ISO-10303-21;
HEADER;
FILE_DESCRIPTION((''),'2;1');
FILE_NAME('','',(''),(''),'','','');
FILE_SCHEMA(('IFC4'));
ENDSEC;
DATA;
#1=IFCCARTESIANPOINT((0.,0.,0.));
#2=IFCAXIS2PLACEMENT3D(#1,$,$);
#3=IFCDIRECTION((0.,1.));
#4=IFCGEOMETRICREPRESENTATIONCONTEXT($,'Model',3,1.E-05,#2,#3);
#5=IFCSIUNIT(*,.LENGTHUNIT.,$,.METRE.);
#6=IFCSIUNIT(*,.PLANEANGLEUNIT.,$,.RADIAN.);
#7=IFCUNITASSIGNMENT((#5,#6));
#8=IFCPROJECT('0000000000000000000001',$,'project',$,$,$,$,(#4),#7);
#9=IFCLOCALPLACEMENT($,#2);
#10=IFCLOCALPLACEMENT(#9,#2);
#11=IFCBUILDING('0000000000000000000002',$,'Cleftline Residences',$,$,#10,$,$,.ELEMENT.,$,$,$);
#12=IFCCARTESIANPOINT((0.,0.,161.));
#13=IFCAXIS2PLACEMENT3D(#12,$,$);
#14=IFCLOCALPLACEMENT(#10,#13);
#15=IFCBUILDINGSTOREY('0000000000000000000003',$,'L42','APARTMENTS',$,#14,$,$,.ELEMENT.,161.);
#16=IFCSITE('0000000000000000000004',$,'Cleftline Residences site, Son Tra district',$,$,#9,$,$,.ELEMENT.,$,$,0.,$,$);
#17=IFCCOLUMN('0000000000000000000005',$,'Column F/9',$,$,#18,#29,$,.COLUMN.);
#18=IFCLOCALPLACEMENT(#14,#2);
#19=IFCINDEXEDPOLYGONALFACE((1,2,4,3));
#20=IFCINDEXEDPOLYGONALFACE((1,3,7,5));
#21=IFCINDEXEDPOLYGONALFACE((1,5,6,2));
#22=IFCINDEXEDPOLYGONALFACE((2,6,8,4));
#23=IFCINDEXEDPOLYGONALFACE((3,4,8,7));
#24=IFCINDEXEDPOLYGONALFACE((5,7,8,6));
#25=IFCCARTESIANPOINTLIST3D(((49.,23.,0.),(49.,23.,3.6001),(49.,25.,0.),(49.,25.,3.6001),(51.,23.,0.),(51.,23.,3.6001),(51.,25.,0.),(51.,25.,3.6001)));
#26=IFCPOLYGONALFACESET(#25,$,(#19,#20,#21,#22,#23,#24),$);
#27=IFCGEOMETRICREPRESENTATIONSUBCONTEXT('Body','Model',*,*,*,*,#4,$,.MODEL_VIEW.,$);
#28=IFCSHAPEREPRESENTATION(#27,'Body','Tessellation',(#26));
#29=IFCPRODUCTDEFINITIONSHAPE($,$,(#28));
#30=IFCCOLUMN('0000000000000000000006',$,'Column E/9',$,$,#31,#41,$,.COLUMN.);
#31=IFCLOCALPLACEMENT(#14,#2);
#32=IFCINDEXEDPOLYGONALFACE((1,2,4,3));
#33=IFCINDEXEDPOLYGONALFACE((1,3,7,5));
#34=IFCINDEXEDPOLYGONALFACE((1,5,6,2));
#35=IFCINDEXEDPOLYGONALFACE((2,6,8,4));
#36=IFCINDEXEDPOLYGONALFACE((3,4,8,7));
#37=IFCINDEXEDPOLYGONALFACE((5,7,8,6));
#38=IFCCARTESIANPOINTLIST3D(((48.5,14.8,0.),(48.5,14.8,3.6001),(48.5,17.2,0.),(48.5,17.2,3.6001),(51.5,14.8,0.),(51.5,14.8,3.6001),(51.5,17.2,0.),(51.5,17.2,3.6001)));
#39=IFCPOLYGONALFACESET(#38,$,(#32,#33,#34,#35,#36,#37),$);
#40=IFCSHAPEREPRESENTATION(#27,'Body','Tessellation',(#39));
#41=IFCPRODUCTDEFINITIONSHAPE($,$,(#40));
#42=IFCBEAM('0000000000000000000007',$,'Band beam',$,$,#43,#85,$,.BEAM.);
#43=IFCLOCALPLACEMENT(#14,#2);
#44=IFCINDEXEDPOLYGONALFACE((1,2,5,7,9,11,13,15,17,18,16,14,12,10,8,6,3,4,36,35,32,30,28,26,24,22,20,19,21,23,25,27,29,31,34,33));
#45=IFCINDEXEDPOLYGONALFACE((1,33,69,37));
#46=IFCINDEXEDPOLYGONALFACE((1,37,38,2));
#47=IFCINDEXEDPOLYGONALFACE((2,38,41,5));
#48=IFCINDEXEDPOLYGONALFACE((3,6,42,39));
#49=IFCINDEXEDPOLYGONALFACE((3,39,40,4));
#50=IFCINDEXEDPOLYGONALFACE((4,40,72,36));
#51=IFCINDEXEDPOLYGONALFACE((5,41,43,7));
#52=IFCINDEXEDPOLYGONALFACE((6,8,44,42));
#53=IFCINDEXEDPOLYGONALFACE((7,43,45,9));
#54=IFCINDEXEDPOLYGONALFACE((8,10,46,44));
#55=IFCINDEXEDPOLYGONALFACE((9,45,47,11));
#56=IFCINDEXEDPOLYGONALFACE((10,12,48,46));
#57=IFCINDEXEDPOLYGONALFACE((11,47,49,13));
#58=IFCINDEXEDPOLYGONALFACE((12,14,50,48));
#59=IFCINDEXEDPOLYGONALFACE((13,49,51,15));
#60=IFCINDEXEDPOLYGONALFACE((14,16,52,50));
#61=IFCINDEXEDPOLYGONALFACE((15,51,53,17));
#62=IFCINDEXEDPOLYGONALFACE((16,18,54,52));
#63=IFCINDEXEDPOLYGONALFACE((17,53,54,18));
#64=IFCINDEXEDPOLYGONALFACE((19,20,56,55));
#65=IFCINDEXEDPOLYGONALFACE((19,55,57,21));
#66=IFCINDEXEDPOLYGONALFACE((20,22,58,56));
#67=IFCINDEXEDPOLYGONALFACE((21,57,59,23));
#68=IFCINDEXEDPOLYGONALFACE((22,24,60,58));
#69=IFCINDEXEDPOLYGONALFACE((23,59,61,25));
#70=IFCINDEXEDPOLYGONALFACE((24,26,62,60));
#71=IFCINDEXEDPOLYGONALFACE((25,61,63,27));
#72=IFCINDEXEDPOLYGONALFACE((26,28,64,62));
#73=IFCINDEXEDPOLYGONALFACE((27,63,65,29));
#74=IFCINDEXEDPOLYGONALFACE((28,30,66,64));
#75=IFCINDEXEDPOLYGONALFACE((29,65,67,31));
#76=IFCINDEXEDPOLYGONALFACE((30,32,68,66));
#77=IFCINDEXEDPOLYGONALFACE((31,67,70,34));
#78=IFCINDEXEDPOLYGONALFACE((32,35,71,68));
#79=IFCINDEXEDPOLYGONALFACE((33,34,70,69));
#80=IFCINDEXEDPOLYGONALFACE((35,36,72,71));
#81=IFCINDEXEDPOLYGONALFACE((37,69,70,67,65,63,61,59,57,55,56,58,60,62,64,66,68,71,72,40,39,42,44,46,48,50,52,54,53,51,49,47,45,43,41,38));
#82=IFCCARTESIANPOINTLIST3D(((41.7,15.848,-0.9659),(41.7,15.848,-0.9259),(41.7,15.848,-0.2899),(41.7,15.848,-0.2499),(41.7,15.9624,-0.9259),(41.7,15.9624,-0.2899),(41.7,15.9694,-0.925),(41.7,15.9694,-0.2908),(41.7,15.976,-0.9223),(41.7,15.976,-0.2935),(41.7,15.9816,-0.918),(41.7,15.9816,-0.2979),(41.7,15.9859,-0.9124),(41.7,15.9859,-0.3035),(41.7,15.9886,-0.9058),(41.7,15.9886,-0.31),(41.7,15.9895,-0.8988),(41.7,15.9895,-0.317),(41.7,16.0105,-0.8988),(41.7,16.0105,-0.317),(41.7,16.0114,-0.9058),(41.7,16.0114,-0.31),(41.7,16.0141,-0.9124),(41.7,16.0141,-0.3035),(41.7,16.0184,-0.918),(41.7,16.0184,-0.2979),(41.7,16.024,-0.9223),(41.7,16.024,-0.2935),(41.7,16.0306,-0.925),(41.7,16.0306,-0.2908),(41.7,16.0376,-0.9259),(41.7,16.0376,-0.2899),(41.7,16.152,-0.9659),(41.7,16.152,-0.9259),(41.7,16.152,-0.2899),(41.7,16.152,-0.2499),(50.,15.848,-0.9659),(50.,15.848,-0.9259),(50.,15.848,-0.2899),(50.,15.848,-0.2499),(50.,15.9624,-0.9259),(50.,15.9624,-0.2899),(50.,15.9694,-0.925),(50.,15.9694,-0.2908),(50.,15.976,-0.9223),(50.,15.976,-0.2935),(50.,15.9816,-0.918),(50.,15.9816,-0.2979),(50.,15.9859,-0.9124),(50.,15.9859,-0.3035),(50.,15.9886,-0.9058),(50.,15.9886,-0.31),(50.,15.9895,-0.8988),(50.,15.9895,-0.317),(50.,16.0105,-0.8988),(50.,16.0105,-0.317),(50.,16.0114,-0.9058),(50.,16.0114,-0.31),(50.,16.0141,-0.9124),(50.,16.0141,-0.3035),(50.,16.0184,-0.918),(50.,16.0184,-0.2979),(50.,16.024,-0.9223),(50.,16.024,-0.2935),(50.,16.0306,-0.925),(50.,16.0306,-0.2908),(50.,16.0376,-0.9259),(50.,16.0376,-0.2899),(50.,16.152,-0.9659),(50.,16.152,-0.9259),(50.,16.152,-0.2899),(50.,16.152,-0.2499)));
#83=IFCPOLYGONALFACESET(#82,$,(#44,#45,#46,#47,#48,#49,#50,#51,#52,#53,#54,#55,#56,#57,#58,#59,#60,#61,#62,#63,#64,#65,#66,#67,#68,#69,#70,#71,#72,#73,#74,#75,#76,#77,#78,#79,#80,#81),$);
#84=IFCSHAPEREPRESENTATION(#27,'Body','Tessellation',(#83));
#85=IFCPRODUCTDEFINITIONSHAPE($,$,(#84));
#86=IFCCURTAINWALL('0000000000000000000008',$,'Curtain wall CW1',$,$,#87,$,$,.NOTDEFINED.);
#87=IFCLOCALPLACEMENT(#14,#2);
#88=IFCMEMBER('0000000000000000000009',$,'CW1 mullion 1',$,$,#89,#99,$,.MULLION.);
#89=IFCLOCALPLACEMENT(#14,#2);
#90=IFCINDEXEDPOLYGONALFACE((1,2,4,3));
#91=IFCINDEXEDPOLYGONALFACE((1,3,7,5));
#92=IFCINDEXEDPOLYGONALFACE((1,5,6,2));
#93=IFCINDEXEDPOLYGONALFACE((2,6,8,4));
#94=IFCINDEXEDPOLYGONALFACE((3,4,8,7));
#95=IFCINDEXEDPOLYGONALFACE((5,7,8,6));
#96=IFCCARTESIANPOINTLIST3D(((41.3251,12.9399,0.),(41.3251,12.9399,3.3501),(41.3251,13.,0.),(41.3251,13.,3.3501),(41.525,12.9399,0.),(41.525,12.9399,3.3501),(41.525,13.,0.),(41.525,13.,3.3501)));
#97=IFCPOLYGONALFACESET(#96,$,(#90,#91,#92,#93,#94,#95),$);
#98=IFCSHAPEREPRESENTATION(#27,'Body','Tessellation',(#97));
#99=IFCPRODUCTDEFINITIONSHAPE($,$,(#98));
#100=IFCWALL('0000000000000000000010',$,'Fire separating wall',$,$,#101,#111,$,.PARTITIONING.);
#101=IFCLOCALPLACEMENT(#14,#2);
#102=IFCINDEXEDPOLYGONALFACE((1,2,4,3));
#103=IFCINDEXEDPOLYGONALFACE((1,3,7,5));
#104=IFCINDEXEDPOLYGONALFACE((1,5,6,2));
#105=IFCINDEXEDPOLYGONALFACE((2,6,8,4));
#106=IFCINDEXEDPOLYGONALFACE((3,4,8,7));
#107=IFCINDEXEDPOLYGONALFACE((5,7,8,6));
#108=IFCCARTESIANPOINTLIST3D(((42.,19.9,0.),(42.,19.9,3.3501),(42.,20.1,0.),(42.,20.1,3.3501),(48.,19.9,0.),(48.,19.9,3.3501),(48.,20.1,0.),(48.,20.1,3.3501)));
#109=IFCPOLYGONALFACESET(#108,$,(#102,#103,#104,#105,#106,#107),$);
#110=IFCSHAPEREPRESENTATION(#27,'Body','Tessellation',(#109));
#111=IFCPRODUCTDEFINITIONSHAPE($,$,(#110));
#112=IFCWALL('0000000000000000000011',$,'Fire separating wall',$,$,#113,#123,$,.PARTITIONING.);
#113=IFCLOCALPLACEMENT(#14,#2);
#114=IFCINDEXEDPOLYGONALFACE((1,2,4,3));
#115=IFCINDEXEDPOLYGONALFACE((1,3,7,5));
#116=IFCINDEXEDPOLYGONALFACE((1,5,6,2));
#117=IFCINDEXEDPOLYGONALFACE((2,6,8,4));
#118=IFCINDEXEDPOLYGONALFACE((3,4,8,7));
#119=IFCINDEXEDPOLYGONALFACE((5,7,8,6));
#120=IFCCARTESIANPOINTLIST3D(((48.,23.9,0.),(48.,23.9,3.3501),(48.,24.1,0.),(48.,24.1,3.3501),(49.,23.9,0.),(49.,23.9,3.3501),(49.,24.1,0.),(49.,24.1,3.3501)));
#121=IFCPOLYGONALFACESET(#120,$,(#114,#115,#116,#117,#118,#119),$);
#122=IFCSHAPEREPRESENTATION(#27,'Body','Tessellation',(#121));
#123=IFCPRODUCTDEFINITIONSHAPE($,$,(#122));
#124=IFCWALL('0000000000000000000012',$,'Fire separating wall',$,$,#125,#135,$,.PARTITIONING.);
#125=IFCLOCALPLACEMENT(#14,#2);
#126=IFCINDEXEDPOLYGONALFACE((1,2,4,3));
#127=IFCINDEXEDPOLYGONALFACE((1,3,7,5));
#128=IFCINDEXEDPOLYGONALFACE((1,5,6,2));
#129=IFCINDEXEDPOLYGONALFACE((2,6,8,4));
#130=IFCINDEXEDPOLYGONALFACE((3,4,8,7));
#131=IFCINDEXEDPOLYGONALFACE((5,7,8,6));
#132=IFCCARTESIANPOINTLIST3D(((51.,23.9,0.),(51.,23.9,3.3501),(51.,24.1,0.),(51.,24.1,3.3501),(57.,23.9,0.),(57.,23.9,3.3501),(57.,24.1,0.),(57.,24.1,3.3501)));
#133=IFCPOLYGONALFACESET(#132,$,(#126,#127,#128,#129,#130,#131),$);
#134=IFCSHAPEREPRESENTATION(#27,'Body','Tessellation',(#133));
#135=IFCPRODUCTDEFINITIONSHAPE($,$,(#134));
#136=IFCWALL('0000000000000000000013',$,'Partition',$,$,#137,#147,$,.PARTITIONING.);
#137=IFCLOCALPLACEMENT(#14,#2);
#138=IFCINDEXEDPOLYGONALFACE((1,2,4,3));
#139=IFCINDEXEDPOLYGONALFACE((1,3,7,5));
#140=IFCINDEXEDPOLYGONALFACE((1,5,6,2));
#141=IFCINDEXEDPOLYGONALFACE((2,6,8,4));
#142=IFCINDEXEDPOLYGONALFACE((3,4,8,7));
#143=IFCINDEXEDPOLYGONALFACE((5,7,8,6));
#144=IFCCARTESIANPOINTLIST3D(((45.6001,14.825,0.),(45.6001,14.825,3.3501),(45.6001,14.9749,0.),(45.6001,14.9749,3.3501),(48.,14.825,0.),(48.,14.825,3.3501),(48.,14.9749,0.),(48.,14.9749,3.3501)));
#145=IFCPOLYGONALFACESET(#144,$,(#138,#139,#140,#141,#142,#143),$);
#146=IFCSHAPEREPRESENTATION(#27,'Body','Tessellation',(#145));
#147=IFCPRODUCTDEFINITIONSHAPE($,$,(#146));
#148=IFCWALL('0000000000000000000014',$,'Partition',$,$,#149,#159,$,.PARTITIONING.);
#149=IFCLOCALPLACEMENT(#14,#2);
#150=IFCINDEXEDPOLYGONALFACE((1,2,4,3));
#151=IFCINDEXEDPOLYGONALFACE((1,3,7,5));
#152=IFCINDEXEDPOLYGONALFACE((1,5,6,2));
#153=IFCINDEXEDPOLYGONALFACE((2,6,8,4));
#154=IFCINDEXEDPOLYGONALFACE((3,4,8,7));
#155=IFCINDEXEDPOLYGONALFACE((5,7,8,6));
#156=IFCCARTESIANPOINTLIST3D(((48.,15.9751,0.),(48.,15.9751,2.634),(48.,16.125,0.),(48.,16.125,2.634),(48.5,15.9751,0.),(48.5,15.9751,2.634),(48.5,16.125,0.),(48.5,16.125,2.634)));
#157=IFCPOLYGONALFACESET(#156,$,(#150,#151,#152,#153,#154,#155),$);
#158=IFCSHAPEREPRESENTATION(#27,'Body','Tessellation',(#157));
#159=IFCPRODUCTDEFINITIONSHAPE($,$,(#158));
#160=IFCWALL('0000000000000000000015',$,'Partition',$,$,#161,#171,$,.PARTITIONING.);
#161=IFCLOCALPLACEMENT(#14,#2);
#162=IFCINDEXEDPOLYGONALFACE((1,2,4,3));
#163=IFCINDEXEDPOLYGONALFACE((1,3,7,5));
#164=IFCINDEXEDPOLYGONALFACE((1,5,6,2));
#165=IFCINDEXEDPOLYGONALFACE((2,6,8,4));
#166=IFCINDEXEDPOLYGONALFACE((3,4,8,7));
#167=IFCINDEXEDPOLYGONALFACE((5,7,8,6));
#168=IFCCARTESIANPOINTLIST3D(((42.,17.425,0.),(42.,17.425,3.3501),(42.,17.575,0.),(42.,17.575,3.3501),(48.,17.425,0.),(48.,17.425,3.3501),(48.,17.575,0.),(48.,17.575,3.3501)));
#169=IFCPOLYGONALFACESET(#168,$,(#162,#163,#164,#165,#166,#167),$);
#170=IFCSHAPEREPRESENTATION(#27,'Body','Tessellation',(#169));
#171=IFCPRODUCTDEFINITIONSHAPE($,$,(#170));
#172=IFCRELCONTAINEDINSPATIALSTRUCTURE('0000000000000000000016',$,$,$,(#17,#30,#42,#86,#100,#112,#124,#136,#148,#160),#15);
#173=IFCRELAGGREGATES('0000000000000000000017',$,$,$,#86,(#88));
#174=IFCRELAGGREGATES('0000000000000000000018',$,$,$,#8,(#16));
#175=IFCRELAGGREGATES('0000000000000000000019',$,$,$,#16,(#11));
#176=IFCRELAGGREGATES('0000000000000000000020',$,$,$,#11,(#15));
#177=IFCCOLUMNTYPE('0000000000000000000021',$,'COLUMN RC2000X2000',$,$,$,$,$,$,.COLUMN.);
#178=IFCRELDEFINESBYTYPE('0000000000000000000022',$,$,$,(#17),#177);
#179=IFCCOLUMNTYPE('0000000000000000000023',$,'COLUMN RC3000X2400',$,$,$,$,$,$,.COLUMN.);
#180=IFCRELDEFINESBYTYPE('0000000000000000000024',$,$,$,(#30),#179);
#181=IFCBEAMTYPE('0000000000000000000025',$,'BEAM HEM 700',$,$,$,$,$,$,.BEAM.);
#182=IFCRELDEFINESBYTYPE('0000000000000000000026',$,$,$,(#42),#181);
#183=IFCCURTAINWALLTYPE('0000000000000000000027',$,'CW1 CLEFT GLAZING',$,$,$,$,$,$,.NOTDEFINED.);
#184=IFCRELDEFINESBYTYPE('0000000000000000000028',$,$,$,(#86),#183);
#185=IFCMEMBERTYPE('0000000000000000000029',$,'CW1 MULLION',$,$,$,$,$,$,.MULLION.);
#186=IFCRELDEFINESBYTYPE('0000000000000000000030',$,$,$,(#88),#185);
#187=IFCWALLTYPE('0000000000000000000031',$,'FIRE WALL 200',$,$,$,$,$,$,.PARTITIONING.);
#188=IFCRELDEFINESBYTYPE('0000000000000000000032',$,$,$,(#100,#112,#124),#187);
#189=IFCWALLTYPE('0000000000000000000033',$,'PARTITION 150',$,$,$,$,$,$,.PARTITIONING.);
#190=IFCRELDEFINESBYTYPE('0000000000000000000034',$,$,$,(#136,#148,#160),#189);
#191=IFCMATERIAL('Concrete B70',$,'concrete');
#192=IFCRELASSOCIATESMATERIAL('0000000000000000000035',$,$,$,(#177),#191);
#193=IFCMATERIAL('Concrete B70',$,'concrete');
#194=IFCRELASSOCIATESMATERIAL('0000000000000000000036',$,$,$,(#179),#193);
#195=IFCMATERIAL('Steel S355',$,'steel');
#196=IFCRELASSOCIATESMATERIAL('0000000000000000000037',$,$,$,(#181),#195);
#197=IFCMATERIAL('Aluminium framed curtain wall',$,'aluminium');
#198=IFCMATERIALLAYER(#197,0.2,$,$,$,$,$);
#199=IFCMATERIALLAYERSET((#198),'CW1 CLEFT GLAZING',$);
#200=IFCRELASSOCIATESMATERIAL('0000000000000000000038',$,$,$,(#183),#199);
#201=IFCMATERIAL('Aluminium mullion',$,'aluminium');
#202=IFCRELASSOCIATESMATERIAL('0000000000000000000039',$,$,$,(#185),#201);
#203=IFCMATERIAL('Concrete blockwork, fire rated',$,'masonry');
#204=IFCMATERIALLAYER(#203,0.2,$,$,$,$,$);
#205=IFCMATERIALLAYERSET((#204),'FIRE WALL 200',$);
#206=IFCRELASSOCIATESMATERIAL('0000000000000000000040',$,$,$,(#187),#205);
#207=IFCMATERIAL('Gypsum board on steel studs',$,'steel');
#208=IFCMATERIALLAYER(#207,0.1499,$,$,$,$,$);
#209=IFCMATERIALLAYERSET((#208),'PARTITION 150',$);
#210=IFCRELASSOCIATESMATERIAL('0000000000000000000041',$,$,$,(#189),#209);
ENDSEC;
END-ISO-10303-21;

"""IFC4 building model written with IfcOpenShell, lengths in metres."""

from ifc_helpers import new_model, si_unit, direction, frame, frame_2d, origin, origin_2d, place, context, subcontext, project, spatial, rectangle, i_section, extrude, material, layer, layer_set, material_profile, profile_set, type_object, element, aggregate, save


model = new_model("IFC4")

# Units and contexts
model_context = context("Model", 3, precision=1e-05, world=origin(), true_north=direction((0.0, 1.0)))
body_context = subcontext(model_context, "Body", "Model", "MODEL_VIEW")
ifc_project = project(units=[si_unit("LENGTHUNIT", "METRE"), si_unit("PLANEANGLEUNIT", "RADIAN")], contexts=[model_context])

# Site, building, storey
site_placement = place(None, origin())
site = spatial("IfcSite", under=ifc_project, at=site_placement, Name="Cleftline Residences site, Son Tra district", CompositionType="ELEMENT", RefElevation=0.0)
building_placement = place(site_placement, origin())
building = spatial("IfcBuilding", under=site, at=building_placement, Name="Cleftline Residences", CompositionType="ELEMENT")
storey_placement = place(building_placement, frame((0.0, 0.0, 161.0)))
storey = spatial("IfcBuildingStorey", under=building, at=storey_placement, Name="L42", Description="APARTMENTS", CompositionType="ELEMENT", Elevation=161.0)

# Columns
ifc_material_1 = material(Name="Concrete B70", Category="concrete")
ifc_material_profile_1 = material_profile(ifc_material_1, rectangle(XDim=2.0, YDim=2.0, at=origin_2d()))
ifc_profile_set_1 = profile_set([ifc_material_profile_1], Name="Concrete B70")
column_type_1 = type_object("IfcColumnType", Name="COLUMN RC2000X2000", PredefinedType="COLUMN", material=ifc_profile_set_1)
column_1_placement = place(storey_placement, frame((50.0, 24.0, 0.0), z_axis=(0.0, 0.0, 1.0), x_axis=(1.0, 0.0, 0.0)))
element("IfcColumn", 1, at=column_1_placement, inside=storey, type_object=column_type_1, Name="Column F/9", PredefinedType="COLUMN", context=body_context, shape_type="SweptSolid", body=[
    extrude(rectangle(XDim=2.0, YDim=2.0, at=origin_2d()), origin(), (0.0, 0.0, 1.0), 3.6001),
])
ifc_material_2 = material(Name="Concrete B70", Category="concrete")
ifc_material_profile_2 = material_profile(ifc_material_2, rectangle(XDim=3.0, YDim=2.3999, at=origin_2d()))
ifc_profile_set_2 = profile_set([ifc_material_profile_2], Name="Concrete B70")
column_type_2 = type_object("IfcColumnType", Name="COLUMN RC3000X2400", PredefinedType="COLUMN", material=ifc_profile_set_2)
column_2_placement = place(storey_placement, frame((50.0, 16.0, 0.0), z_axis=(0.0, 0.0, 1.0), x_axis=(1.0, 0.0, 0.0)))
element("IfcColumn", 2, at=column_2_placement, inside=storey, type_object=column_type_2, Name="Column E/9", PredefinedType="COLUMN", context=body_context, shape_type="SweptSolid", body=[
    extrude(rectangle(XDim=3.0, YDim=2.3999, at=origin_2d()), origin(), (0.0, 0.0, 1.0), 3.6001),
])

# Beam
ifc_material_3 = material(Name="Steel S355", Category="steel")
ifc_material_profile_3 = material_profile(ifc_material_3, i_section(OverallWidth=0.304, OverallDepth=0.7161, WebThickness=0.021, FlangeThickness=0.04, FilletRadius=0.0271, at=origin_2d()))
ifc_profile_set_3 = profile_set([ifc_material_profile_3], Name="Steel S355")
beam_type = type_object("IfcBeamType", Name="BEAM HEM 700", PredefinedType="BEAM", material=ifc_profile_set_3)
beam_placement = place(storey_placement, frame((50.0, 16.0, -0.6079), z_axis=(-1.0, 0.0, 0.0), x_axis=(0.0, -1.0, 0.0)))
element("IfcBeam", 3, at=beam_placement, inside=storey, type_object=beam_type, Name="Band beam", PredefinedType="BEAM", context=body_context, shape_type="SweptSolid", body=[
    extrude(i_section(OverallWidth=0.304, OverallDepth=0.7161, WebThickness=0.021, FlangeThickness=0.04, FilletRadius=0.0271, at=origin_2d()), origin(), (0.0, 0.0, 1.0), 8.3),
])

# Curtain wall, member
ifc_material_4 = material(Name="Aluminium framed curtain wall", Category="aluminium")
ifc_layer_1 = layer(ifc_material_4, 0.2)
ifc_layer_set_1 = layer_set([ifc_layer_1], Name="CW1 CLEFT GLAZING")
curtain_wall_type = type_object("IfcCurtainWallType", Name="CW1 CLEFT GLAZING", PredefinedType="NOTDEFINED", material=ifc_layer_set_1)
curtain_wall_placement = place(storey_placement, origin())
curtain_wall = element("IfcCurtainWall", 4, at=curtain_wall_placement, inside=storey, type_object=curtain_wall_type, Name="Curtain wall CW1", PredefinedType="NOTDEFINED")
ifc_material_5 = material(Name="Aluminium mullion", Category="aluminium")
ifc_material_profile_4 = material_profile(ifc_material_5, rectangle(XDim=0.2, YDim=0.0601, at=origin_2d()))
ifc_profile_set_4 = profile_set([ifc_material_profile_4], Name="Aluminium mullion")
member_type = type_object("IfcMemberType", Name="CW1 MULLION", PredefinedType="MULLION", material=ifc_profile_set_4)
member_placement = place(storey_placement, frame((41.425, 12.97, 0.0), z_axis=(0.0, 0.0, 1.0), x_axis=(1.0, 0.0, 0.0)))
member = element("IfcMember", 5, at=member_placement, type_object=member_type, Name="CW1 mullion 1", PredefinedType="MULLION", context=body_context, shape_type="SweptSolid", body=[
    extrude(rectangle(XDim=0.2, YDim=0.0601, at=origin_2d()), origin(), (0.0, 0.0, 1.0), 3.3501),
])
aggregate(curtain_wall, [member])

# Walls
ifc_material_6 = material(Name="Concrete blockwork, fire rated", Category="masonry")
ifc_layer_2 = layer(ifc_material_6, 0.2)
ifc_layer_set_2 = layer_set([ifc_layer_2], Name="FIRE WALL 200")
wall_type_1 = type_object("IfcWallType", Name="FIRE WALL 200", PredefinedType="PARTITIONING", material=ifc_layer_set_2)
wall_1_placement = place(storey_placement, frame((42.0, 20.0, 0.0), z_axis=(0.0, 0.0, 1.0), x_axis=(1.0, 0.0, 0.0)))
element("IfcWall", 6, at=wall_1_placement, inside=storey, type_object=wall_type_1, Name="Fire separating wall", PredefinedType="PARTITIONING", context=body_context, shape_type="SweptSolid", body=[
    extrude(rectangle(XDim=6.0, YDim=0.2, at=frame_2d((3.0, 0.0))), origin(), (0.0, 0.0, 1.0), 3.3501),
])
wall_2_placement = place(storey_placement, frame((48.0, 24.0, 0.0), z_axis=(0.0, 0.0, 1.0), x_axis=(1.0, 0.0, 0.0)))
element("IfcWall", 7, at=wall_2_placement, inside=storey, type_object=wall_type_1, Name="Fire separating wall", PredefinedType="PARTITIONING", context=body_context, shape_type="SweptSolid", body=[
    extrude(rectangle(XDim=1.0, YDim=0.2, at=frame_2d((0.5, 0.0))), origin(), (0.0, 0.0, 1.0), 3.3501),
])
wall_3_placement = place(storey_placement, frame((51.0, 24.0, 0.0), z_axis=(0.0, 0.0, 1.0), x_axis=(1.0, 0.0, 0.0)))
element("IfcWall", 8, at=wall_3_placement, inside=storey, type_object=wall_type_1, Name="Fire separating wall", PredefinedType="PARTITIONING", context=body_context, shape_type="SweptSolid", body=[
    extrude(rectangle(XDim=6.0, YDim=0.2, at=frame_2d((3.0, 0.0))), origin(), (0.0, 0.0, 1.0), 3.3501),
])

# Walls
ifc_material_7 = material(Name="Gypsum board on steel studs", Category="steel")
ifc_layer_3 = layer(ifc_material_7, 0.1499)
ifc_layer_set_3 = layer_set([ifc_layer_3], Name="PARTITION 150")
wall_type_2 = type_object("IfcWallType", Name="PARTITION 150", PredefinedType="PARTITIONING", material=ifc_layer_set_3)
wall_4_placement = place(storey_placement, frame((45.6001, 14.8999, 0.0), z_axis=(0.0, 0.0, 1.0), x_axis=(1.0, 0.0, 0.0)))
element("IfcWall", 9, at=wall_4_placement, inside=storey, type_object=wall_type_2, Name="Partition", PredefinedType="PARTITIONING", context=body_context, shape_type="SweptSolid", body=[
    extrude(rectangle(XDim=2.3999, YDim=0.1499, at=frame_2d((1.2, 0.0))), origin(), (0.0, 0.0, 1.0), 3.3501),
])
wall_5_placement = place(storey_placement, frame((48.0, 16.05, 0.0), z_axis=(0.0, 0.0, 1.0), x_axis=(1.0, 0.0, 0.0)))
element("IfcWall", 10, at=wall_5_placement, inside=storey, type_object=wall_type_2, Name="Partition", PredefinedType="PARTITIONING", context=body_context, shape_type="SweptSolid", body=[
    extrude(rectangle(XDim=0.5, YDim=0.1499, at=frame_2d((0.25, 0.0))), origin(), (0.0, 0.0, 1.0), 2.634),
])
wall_6_placement = place(storey_placement, frame((42.0, 17.5, 0.0), z_axis=(0.0, 0.0, 1.0), x_axis=(1.0, 0.0, 0.0)))
element("IfcWall", 11, at=wall_6_placement, inside=storey, type_object=wall_type_2, Name="Partition", PredefinedType="PARTITIONING", context=body_context, shape_type="SweptSolid", body=[
    extrude(rectangle(XDim=6.0, YDim=0.1499, at=frame_2d((3.0, 0.0))), origin(), (0.0, 0.0, 1.0), 3.3501),
])

save(model, "model.ifc")
